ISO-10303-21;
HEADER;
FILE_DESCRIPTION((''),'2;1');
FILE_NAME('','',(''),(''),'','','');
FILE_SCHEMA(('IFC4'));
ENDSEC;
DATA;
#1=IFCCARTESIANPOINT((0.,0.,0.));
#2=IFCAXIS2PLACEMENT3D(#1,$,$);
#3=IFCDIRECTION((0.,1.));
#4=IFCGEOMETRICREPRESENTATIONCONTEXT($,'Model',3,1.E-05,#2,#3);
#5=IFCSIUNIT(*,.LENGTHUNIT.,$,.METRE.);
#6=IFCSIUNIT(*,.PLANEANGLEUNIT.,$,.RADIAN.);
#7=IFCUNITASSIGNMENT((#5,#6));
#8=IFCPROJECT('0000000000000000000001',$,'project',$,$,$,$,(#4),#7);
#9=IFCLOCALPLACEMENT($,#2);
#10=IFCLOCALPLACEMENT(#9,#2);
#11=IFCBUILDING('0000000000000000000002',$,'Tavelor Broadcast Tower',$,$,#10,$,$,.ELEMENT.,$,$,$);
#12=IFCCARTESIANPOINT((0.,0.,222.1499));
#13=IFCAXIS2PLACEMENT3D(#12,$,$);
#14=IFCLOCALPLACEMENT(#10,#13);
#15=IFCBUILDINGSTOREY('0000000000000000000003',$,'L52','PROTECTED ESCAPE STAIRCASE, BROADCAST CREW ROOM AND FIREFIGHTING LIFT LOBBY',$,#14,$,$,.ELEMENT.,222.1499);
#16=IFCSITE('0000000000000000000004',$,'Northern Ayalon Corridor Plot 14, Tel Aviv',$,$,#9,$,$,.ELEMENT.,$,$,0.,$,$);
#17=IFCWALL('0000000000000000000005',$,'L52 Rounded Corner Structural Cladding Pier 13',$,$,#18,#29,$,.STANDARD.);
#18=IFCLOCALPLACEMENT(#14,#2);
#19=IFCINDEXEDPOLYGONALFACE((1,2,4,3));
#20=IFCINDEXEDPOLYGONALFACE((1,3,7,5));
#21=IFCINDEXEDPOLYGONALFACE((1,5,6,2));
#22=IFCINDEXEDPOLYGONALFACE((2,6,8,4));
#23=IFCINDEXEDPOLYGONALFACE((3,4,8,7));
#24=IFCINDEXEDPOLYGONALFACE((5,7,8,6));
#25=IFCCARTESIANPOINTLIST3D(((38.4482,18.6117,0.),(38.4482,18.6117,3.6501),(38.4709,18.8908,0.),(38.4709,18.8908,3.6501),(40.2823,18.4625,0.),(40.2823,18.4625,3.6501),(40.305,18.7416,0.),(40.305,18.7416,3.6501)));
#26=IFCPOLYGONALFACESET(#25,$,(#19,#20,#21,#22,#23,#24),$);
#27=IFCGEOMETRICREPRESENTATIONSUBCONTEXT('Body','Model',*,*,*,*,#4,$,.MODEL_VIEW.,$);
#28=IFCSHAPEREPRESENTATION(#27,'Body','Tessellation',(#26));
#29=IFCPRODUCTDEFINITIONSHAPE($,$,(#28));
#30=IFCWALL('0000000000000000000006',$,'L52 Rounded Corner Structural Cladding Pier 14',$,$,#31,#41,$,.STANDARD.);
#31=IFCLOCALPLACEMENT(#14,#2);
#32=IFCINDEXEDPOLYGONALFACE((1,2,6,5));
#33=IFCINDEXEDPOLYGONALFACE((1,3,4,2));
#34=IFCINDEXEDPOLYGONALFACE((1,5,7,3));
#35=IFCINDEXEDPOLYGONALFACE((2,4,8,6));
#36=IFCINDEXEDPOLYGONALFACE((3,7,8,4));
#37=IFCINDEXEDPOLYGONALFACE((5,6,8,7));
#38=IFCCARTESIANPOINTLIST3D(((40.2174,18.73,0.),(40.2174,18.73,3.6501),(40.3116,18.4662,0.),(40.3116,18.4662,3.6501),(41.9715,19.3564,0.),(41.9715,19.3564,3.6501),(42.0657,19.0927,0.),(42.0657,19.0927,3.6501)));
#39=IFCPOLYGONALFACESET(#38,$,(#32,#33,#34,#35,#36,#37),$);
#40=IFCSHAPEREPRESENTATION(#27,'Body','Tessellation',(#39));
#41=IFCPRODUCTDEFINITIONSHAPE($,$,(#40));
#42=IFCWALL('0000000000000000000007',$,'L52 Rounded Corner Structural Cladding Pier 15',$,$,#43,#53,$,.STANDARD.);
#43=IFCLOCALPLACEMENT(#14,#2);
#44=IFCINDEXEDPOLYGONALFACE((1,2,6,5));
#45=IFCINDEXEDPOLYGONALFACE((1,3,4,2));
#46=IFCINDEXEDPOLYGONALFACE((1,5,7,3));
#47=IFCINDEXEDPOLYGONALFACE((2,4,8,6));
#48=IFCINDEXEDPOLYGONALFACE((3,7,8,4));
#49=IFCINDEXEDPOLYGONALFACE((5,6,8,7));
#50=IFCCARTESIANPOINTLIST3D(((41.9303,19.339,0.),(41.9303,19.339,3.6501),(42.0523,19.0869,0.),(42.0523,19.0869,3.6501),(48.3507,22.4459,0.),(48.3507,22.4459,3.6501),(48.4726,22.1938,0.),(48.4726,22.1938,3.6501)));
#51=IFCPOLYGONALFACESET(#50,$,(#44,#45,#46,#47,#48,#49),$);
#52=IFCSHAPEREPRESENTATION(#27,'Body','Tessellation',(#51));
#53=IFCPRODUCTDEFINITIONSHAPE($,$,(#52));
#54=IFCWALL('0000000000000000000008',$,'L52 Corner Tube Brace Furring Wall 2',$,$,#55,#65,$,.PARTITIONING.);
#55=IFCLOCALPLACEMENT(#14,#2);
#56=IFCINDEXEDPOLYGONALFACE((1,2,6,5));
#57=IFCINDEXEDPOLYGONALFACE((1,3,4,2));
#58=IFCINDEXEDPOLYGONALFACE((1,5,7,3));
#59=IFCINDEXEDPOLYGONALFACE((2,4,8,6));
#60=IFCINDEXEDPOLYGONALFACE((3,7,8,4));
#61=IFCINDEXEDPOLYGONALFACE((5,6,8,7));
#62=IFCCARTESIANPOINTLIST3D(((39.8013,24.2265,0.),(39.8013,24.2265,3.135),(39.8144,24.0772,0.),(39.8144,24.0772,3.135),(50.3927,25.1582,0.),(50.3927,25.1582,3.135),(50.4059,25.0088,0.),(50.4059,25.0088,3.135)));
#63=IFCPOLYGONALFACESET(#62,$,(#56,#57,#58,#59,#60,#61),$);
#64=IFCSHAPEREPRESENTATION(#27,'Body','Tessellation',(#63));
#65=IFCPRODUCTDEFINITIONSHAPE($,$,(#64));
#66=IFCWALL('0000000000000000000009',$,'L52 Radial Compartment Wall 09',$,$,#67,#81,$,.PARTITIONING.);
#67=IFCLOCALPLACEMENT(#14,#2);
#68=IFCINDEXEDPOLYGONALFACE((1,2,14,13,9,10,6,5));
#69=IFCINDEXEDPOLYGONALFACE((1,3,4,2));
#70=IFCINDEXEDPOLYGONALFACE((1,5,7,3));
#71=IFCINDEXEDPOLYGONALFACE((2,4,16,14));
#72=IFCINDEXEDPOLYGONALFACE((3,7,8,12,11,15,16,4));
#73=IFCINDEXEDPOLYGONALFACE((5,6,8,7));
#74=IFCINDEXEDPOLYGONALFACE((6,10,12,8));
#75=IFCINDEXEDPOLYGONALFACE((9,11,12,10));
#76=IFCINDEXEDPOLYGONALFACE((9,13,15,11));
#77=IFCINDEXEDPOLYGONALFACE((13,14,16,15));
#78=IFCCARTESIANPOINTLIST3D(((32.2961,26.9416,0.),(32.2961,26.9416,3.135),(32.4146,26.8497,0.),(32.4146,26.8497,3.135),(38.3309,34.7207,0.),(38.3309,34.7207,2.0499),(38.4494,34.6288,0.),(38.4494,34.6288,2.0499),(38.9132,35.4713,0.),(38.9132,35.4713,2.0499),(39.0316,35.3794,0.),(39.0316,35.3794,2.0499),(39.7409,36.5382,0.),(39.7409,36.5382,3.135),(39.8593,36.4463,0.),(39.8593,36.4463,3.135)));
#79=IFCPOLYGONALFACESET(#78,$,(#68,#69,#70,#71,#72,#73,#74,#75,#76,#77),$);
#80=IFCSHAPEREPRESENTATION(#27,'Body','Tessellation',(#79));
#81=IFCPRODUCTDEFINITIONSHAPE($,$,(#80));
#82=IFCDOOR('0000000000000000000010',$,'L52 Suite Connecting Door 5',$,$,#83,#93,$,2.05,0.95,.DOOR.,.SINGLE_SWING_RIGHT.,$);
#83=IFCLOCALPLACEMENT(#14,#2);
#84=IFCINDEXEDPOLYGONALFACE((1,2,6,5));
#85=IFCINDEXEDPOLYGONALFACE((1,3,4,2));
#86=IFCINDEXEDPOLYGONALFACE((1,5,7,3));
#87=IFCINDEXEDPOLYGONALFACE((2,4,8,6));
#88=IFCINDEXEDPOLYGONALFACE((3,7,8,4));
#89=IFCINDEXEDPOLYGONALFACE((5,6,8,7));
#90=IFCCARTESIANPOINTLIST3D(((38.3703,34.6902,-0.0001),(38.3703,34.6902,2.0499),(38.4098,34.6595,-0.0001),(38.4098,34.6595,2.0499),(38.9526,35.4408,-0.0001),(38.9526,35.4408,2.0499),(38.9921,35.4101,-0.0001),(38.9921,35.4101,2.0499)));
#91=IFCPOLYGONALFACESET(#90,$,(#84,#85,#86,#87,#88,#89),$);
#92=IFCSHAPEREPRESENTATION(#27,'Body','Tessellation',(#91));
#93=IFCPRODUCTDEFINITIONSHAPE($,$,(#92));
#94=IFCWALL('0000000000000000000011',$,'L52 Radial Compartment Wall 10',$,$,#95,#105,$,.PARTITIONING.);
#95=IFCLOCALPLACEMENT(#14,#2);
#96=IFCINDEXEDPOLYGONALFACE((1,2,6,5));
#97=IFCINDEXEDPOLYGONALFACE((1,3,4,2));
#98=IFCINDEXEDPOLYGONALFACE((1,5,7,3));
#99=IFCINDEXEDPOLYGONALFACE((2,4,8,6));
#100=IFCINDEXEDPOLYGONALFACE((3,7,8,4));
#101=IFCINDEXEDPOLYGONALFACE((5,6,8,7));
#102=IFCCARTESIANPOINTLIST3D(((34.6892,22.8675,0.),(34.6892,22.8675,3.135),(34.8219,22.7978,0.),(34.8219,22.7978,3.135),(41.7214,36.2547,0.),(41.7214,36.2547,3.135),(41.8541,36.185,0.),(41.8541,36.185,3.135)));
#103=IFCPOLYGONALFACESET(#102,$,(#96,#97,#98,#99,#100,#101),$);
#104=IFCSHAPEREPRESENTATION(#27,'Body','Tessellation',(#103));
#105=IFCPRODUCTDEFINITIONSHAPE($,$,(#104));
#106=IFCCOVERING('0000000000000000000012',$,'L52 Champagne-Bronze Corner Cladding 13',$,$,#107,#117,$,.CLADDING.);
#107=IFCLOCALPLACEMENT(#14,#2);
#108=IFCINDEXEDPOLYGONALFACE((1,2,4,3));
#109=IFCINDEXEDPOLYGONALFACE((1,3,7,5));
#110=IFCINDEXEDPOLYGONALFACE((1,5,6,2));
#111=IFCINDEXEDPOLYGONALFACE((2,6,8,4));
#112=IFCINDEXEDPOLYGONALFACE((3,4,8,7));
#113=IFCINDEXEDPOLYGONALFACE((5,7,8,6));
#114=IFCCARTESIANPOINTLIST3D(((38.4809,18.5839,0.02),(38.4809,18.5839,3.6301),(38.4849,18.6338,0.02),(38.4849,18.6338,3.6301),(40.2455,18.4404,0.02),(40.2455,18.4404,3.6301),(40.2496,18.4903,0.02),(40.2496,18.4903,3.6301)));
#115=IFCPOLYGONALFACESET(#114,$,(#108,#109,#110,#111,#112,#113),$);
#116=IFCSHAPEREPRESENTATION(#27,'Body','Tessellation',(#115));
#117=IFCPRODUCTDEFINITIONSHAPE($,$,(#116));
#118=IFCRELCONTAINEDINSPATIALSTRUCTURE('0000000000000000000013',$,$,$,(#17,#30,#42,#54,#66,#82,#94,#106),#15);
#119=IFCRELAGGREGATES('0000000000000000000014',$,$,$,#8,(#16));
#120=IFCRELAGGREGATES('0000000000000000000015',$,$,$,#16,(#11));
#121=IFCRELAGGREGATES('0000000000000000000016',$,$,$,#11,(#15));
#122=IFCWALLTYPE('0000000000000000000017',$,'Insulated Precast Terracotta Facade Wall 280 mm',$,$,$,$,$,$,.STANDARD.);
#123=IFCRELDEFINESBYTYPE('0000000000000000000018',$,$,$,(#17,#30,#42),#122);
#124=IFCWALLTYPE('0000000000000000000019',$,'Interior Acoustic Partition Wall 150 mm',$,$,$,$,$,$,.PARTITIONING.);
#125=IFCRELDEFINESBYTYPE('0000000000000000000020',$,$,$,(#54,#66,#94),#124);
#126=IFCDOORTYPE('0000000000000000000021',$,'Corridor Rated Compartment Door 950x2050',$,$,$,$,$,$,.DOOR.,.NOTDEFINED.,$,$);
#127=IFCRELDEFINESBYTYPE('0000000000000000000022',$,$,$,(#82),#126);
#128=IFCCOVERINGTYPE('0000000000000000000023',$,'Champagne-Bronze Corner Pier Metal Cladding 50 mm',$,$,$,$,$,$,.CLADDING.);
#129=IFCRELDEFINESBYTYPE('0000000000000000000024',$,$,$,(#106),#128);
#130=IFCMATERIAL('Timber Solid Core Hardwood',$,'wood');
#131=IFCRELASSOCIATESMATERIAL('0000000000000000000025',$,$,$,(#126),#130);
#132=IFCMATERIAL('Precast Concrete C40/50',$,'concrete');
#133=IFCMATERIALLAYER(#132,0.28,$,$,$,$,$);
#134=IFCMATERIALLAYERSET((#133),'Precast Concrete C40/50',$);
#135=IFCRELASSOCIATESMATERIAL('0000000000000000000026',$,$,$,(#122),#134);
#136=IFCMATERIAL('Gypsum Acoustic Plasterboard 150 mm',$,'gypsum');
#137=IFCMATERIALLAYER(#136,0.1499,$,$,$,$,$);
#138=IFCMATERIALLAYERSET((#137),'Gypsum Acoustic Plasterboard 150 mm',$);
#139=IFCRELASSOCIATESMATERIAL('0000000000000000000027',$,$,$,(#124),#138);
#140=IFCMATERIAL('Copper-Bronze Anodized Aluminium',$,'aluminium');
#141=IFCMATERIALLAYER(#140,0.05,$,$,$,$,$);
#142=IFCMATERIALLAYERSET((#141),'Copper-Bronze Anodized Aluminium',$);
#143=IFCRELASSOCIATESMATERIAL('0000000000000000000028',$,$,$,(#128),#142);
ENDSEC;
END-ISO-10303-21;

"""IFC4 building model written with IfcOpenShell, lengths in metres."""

from ifc_helpers import new_model, si_unit, direction, frame, frame_2d, origin, origin_2d, place, context, subcontext, project, spatial, rectangle, extrude, material, layer, layer_set, type_object, element, fill, save


model = new_model("IFC4")

# Units and contexts
model_context = context("Model", 3, precision=1e-05, world=origin(), true_north=direction((0.0, 1.0)))
body_context = subcontext(model_context, "Body", "Model", "MODEL_VIEW")
ifc_project = project(units=[si_unit("LENGTHUNIT", "METRE"), si_unit("PLANEANGLEUNIT", "RADIAN")], contexts=[model_context])

# Site, building, storey
site_placement = place(None, origin())
site = spatial("IfcSite", under=ifc_project, at=site_placement, Name="Northern Ayalon Corridor Plot 14, Tel Aviv", CompositionType="ELEMENT", RefElevation=0.0)
building_placement = place(site_placement, origin())
building = spatial("IfcBuilding", under=site, at=building_placement, Name="Tavelor Broadcast Tower", CompositionType="ELEMENT")
storey_placement = place(building_placement, frame((0.0, 0.0, 222.1499)))
storey = spatial("IfcBuildingStorey", under=building, at=storey_placement, Name="L52", Description="PROTECTED ESCAPE STAIRCASE, BROADCAST CREW ROOM AND FIREFIGHTING LIFT LOBBY", CompositionType="ELEMENT", Elevation=222.1499)

# Shared definitions
ifc_material_1 = material(Name="Timber Solid Core Hardwood", Category="wood")
door_type = type_object("IfcDoorType", Name="Corridor Rated Compartment Door 950x2050", OperationType="NOTDEFINED", PredefinedType="DOOR", material=ifc_material_1)

# Walls
ifc_material_2 = material(Name="Precast Concrete C40/50", Category="concrete")
ifc_layer_1 = layer(ifc_material_2, 0.28)
ifc_layer_set_1 = layer_set([ifc_layer_1], Name="Precast Concrete C40/50")
wall_type_1 = type_object("IfcWallType", Name="Insulated Precast Terracotta Facade Wall 280 mm", PredefinedType="STANDARD", material=ifc_layer_set_1)
for number, where, z_axis, x_axis, name in (
    (1, (38.4597, 18.7512, 0.0), (0.0, 0.0, 1.0), (0.996709, -0.081069, 0.0), "L52 Rounded Corner Structural Cladding Pier 13"),
):
    element("IfcWall", number, at=place(storey_placement, frame(where, z_axis=z_axis, x_axis=x_axis)), inside=storey, type_object=wall_type_1, Name=name, PredefinedType="STANDARD", context=body_context, shape_type="SweptSolid", body=[
        extrude(rectangle(XDim=1.8401, YDim=0.28, at=frame_2d((0.9199, 0.0))), origin(), (0.0, 0.0, 1.0), 3.6501),
    ])
wall_1_placement = place(storey_placement, frame((40.2646, 18.5981, 0.0), z_axis=(0.0, 0.0, 1.0), x_axis=(0.941745, 0.336328, 0.0)))
element("IfcWall", 2, at=wall_1_placement, inside=storey, type_object=wall_type_1, Name="L52 Rounded Corner Structural Cladding Pier 14", PredefinedType="STANDARD", context=body_context, shape_type="SweptSolid", body=[
    extrude(rectangle(XDim=1.8625, YDim=0.28, at=frame_2d((0.9312, 0.0))), origin(), (0.0, 0.0, 1.0), 3.6501),
])
wall_2_placement = place(storey_placement, frame((41.9912, 19.2129, 0.0), z_axis=(0.0, 0.0, 1.0), x_axis=(0.900144, 0.435593, 0.0)))
element("IfcWall", 3, at=wall_2_placement, inside=storey, type_object=wall_type_1, Name="L52 Rounded Corner Structural Cladding Pier 15", PredefinedType="STANDARD", context=body_context, shape_type="SweptSolid", body=[
    extrude(rectangle(XDim=7.1326, YDim=0.28, at=frame_2d((3.5664, 0.0))), origin(), (0.0, 0.0, 1.0), 3.6501),
])
ifc_material_3 = material(Name="Gypsum Acoustic Plasterboard 150 mm", Category="gypsum")
ifc_layer_2 = layer(ifc_material_3, 0.1499)
ifc_layer_set_2 = layer_set([ifc_layer_2], Name="Gypsum Acoustic Plasterboard 150 mm")
wall_type_2 = type_object("IfcWallType", Name="Interior Acoustic Partition Wall 150 mm", PredefinedType="PARTITIONING", material=ifc_layer_set_2)
wall_3_placement = place(storey_placement, frame((39.8079, 24.1519, 0.0), z_axis=(0.0, 0.0, 1.0), x_axis=(0.996154, 0.087624, 0.0)))
element("IfcWall", 4, at=wall_3_placement, inside=storey, type_object=wall_type_2, Name="L52 Corner Tube Brace Furring Wall 2", PredefinedType="PARTITIONING", context=body_context, shape_type="SweptSolid", body=[
    extrude(rectangle(XDim=10.6323, YDim=0.1499, at=frame_2d((5.3162, 0.0))), origin(), (0.0, 0.0, 1.0), 3.135),
])

# Wall, opening, door
wall_4_placement = place(storey_placement, frame((39.8, 36.4922, 0.0), z_axis=(0.0, 0.0, 1.0), x_axis=(-0.612952, -0.79012, 0.0)))
wall_4 = element("IfcWall", 5, at=wall_4_placement, inside=storey, type_object=wall_type_2, Name="L52 Radial Compartment Wall 09", PredefinedType="PARTITIONING", context=body_context, shape_type="SweptSolid", body=[
    extrude(rectangle(XDim=12.1458, YDim=0.1499, at=frame_2d((6.0728, 0.0))), origin(), (0.0, 0.0, 1.0), 3.135),
])
opening_1_placement = place(wall_4_placement, frame((1.3501, 0.0, 0.0)))
opening_1 = element("IfcOpeningElement", 6, at=opening_1_placement, cuts=wall_4, PredefinedType="OPENING", context=body_context, shape_type="SweptSolid", body=[
    extrude(rectangle(XDim=0.95, YDim=2.05, at=frame_2d((0.4751, 1.0249))), frame((0.0, 0.085, 0.0), z_axis=(0.0, -1.0, 0.0), x_axis=(1.0, 0.0, 0.0)), (0.0, 0.0, 1.0), 0.1699),
])
door_1_placement = place(opening_1_placement, origin())
door_1 = element("IfcDoor", 7, at=door_1_placement, inside=storey, type_object=door_type, Name="L52 Suite Connecting Door 5", OperationType="SINGLE_SWING_RIGHT", OverallHeight=2.05, OverallWidth=0.95, PredefinedType="DOOR", context=body_context, shape_type="SweptSolid", body=[
    extrude(rectangle(XDim=0.95, YDim=2.05, at=frame_2d((0.4751, 1.0249))), frame((0.0, 0.0249, 0.0), z_axis=(0.0, -1.0, 0.0), x_axis=(1.0, 0.0, 0.0)), (0.0, 0.0, 1.0), 0.05),
])
fill(opening_1, door_1)

# Wall
wall_5_placement = place(storey_placement, frame((41.7878, 36.22, 0.0), z_axis=(0.0, 0.0, 1.0), x_axis=(-0.465038, -0.885291, 0.0)))
element("IfcWall", 8, at=wall_5_placement, inside=storey, type_object=wall_type_2, Name="L52 Radial Compartment Wall 10", PredefinedType="PARTITIONING", context=body_context, shape_type="SweptSolid", body=[
    extrude(rectangle(XDim=15.1218, YDim=0.1499, at=frame_2d((7.561, 0.0))), origin(), (0.0, 0.0, 1.0), 3.135),
])

# Covering
ifc_material_4 = material(Name="Copper-Bronze Anodized Aluminium", Category="aluminium")
ifc_layer_3 = layer(ifc_material_4, 0.05)
ifc_layer_set_3 = layer_set([ifc_layer_3], Name="Copper-Bronze Anodized Aluminium")
covering_type = type_object("IfcCoveringType", Name="Champagne-Bronze Corner Pier Metal Cladding 50 mm", PredefinedType="CLADDING", material=ifc_layer_set_3)
covering_placement = place(storey_placement, frame((39.3652, 18.5371, 0.02), z_axis=(0.0, 0.0, 1.0), x_axis=(0.996709, -0.081069, 0.0)))
element("IfcCovering", 9, at=covering_placement, inside=storey, type_object=covering_type, Name="L52 Champagne-Bronze Corner Cladding 13", PredefinedType="CLADDING", context=body_context, shape_type="SweptSolid", body=[
    extrude(rectangle(XDim=1.7705, YDim=0.05, at=origin_2d()), origin(), (0.0, 0.0, 1.0), 3.6101),
])

save(model, "model.ifc")
